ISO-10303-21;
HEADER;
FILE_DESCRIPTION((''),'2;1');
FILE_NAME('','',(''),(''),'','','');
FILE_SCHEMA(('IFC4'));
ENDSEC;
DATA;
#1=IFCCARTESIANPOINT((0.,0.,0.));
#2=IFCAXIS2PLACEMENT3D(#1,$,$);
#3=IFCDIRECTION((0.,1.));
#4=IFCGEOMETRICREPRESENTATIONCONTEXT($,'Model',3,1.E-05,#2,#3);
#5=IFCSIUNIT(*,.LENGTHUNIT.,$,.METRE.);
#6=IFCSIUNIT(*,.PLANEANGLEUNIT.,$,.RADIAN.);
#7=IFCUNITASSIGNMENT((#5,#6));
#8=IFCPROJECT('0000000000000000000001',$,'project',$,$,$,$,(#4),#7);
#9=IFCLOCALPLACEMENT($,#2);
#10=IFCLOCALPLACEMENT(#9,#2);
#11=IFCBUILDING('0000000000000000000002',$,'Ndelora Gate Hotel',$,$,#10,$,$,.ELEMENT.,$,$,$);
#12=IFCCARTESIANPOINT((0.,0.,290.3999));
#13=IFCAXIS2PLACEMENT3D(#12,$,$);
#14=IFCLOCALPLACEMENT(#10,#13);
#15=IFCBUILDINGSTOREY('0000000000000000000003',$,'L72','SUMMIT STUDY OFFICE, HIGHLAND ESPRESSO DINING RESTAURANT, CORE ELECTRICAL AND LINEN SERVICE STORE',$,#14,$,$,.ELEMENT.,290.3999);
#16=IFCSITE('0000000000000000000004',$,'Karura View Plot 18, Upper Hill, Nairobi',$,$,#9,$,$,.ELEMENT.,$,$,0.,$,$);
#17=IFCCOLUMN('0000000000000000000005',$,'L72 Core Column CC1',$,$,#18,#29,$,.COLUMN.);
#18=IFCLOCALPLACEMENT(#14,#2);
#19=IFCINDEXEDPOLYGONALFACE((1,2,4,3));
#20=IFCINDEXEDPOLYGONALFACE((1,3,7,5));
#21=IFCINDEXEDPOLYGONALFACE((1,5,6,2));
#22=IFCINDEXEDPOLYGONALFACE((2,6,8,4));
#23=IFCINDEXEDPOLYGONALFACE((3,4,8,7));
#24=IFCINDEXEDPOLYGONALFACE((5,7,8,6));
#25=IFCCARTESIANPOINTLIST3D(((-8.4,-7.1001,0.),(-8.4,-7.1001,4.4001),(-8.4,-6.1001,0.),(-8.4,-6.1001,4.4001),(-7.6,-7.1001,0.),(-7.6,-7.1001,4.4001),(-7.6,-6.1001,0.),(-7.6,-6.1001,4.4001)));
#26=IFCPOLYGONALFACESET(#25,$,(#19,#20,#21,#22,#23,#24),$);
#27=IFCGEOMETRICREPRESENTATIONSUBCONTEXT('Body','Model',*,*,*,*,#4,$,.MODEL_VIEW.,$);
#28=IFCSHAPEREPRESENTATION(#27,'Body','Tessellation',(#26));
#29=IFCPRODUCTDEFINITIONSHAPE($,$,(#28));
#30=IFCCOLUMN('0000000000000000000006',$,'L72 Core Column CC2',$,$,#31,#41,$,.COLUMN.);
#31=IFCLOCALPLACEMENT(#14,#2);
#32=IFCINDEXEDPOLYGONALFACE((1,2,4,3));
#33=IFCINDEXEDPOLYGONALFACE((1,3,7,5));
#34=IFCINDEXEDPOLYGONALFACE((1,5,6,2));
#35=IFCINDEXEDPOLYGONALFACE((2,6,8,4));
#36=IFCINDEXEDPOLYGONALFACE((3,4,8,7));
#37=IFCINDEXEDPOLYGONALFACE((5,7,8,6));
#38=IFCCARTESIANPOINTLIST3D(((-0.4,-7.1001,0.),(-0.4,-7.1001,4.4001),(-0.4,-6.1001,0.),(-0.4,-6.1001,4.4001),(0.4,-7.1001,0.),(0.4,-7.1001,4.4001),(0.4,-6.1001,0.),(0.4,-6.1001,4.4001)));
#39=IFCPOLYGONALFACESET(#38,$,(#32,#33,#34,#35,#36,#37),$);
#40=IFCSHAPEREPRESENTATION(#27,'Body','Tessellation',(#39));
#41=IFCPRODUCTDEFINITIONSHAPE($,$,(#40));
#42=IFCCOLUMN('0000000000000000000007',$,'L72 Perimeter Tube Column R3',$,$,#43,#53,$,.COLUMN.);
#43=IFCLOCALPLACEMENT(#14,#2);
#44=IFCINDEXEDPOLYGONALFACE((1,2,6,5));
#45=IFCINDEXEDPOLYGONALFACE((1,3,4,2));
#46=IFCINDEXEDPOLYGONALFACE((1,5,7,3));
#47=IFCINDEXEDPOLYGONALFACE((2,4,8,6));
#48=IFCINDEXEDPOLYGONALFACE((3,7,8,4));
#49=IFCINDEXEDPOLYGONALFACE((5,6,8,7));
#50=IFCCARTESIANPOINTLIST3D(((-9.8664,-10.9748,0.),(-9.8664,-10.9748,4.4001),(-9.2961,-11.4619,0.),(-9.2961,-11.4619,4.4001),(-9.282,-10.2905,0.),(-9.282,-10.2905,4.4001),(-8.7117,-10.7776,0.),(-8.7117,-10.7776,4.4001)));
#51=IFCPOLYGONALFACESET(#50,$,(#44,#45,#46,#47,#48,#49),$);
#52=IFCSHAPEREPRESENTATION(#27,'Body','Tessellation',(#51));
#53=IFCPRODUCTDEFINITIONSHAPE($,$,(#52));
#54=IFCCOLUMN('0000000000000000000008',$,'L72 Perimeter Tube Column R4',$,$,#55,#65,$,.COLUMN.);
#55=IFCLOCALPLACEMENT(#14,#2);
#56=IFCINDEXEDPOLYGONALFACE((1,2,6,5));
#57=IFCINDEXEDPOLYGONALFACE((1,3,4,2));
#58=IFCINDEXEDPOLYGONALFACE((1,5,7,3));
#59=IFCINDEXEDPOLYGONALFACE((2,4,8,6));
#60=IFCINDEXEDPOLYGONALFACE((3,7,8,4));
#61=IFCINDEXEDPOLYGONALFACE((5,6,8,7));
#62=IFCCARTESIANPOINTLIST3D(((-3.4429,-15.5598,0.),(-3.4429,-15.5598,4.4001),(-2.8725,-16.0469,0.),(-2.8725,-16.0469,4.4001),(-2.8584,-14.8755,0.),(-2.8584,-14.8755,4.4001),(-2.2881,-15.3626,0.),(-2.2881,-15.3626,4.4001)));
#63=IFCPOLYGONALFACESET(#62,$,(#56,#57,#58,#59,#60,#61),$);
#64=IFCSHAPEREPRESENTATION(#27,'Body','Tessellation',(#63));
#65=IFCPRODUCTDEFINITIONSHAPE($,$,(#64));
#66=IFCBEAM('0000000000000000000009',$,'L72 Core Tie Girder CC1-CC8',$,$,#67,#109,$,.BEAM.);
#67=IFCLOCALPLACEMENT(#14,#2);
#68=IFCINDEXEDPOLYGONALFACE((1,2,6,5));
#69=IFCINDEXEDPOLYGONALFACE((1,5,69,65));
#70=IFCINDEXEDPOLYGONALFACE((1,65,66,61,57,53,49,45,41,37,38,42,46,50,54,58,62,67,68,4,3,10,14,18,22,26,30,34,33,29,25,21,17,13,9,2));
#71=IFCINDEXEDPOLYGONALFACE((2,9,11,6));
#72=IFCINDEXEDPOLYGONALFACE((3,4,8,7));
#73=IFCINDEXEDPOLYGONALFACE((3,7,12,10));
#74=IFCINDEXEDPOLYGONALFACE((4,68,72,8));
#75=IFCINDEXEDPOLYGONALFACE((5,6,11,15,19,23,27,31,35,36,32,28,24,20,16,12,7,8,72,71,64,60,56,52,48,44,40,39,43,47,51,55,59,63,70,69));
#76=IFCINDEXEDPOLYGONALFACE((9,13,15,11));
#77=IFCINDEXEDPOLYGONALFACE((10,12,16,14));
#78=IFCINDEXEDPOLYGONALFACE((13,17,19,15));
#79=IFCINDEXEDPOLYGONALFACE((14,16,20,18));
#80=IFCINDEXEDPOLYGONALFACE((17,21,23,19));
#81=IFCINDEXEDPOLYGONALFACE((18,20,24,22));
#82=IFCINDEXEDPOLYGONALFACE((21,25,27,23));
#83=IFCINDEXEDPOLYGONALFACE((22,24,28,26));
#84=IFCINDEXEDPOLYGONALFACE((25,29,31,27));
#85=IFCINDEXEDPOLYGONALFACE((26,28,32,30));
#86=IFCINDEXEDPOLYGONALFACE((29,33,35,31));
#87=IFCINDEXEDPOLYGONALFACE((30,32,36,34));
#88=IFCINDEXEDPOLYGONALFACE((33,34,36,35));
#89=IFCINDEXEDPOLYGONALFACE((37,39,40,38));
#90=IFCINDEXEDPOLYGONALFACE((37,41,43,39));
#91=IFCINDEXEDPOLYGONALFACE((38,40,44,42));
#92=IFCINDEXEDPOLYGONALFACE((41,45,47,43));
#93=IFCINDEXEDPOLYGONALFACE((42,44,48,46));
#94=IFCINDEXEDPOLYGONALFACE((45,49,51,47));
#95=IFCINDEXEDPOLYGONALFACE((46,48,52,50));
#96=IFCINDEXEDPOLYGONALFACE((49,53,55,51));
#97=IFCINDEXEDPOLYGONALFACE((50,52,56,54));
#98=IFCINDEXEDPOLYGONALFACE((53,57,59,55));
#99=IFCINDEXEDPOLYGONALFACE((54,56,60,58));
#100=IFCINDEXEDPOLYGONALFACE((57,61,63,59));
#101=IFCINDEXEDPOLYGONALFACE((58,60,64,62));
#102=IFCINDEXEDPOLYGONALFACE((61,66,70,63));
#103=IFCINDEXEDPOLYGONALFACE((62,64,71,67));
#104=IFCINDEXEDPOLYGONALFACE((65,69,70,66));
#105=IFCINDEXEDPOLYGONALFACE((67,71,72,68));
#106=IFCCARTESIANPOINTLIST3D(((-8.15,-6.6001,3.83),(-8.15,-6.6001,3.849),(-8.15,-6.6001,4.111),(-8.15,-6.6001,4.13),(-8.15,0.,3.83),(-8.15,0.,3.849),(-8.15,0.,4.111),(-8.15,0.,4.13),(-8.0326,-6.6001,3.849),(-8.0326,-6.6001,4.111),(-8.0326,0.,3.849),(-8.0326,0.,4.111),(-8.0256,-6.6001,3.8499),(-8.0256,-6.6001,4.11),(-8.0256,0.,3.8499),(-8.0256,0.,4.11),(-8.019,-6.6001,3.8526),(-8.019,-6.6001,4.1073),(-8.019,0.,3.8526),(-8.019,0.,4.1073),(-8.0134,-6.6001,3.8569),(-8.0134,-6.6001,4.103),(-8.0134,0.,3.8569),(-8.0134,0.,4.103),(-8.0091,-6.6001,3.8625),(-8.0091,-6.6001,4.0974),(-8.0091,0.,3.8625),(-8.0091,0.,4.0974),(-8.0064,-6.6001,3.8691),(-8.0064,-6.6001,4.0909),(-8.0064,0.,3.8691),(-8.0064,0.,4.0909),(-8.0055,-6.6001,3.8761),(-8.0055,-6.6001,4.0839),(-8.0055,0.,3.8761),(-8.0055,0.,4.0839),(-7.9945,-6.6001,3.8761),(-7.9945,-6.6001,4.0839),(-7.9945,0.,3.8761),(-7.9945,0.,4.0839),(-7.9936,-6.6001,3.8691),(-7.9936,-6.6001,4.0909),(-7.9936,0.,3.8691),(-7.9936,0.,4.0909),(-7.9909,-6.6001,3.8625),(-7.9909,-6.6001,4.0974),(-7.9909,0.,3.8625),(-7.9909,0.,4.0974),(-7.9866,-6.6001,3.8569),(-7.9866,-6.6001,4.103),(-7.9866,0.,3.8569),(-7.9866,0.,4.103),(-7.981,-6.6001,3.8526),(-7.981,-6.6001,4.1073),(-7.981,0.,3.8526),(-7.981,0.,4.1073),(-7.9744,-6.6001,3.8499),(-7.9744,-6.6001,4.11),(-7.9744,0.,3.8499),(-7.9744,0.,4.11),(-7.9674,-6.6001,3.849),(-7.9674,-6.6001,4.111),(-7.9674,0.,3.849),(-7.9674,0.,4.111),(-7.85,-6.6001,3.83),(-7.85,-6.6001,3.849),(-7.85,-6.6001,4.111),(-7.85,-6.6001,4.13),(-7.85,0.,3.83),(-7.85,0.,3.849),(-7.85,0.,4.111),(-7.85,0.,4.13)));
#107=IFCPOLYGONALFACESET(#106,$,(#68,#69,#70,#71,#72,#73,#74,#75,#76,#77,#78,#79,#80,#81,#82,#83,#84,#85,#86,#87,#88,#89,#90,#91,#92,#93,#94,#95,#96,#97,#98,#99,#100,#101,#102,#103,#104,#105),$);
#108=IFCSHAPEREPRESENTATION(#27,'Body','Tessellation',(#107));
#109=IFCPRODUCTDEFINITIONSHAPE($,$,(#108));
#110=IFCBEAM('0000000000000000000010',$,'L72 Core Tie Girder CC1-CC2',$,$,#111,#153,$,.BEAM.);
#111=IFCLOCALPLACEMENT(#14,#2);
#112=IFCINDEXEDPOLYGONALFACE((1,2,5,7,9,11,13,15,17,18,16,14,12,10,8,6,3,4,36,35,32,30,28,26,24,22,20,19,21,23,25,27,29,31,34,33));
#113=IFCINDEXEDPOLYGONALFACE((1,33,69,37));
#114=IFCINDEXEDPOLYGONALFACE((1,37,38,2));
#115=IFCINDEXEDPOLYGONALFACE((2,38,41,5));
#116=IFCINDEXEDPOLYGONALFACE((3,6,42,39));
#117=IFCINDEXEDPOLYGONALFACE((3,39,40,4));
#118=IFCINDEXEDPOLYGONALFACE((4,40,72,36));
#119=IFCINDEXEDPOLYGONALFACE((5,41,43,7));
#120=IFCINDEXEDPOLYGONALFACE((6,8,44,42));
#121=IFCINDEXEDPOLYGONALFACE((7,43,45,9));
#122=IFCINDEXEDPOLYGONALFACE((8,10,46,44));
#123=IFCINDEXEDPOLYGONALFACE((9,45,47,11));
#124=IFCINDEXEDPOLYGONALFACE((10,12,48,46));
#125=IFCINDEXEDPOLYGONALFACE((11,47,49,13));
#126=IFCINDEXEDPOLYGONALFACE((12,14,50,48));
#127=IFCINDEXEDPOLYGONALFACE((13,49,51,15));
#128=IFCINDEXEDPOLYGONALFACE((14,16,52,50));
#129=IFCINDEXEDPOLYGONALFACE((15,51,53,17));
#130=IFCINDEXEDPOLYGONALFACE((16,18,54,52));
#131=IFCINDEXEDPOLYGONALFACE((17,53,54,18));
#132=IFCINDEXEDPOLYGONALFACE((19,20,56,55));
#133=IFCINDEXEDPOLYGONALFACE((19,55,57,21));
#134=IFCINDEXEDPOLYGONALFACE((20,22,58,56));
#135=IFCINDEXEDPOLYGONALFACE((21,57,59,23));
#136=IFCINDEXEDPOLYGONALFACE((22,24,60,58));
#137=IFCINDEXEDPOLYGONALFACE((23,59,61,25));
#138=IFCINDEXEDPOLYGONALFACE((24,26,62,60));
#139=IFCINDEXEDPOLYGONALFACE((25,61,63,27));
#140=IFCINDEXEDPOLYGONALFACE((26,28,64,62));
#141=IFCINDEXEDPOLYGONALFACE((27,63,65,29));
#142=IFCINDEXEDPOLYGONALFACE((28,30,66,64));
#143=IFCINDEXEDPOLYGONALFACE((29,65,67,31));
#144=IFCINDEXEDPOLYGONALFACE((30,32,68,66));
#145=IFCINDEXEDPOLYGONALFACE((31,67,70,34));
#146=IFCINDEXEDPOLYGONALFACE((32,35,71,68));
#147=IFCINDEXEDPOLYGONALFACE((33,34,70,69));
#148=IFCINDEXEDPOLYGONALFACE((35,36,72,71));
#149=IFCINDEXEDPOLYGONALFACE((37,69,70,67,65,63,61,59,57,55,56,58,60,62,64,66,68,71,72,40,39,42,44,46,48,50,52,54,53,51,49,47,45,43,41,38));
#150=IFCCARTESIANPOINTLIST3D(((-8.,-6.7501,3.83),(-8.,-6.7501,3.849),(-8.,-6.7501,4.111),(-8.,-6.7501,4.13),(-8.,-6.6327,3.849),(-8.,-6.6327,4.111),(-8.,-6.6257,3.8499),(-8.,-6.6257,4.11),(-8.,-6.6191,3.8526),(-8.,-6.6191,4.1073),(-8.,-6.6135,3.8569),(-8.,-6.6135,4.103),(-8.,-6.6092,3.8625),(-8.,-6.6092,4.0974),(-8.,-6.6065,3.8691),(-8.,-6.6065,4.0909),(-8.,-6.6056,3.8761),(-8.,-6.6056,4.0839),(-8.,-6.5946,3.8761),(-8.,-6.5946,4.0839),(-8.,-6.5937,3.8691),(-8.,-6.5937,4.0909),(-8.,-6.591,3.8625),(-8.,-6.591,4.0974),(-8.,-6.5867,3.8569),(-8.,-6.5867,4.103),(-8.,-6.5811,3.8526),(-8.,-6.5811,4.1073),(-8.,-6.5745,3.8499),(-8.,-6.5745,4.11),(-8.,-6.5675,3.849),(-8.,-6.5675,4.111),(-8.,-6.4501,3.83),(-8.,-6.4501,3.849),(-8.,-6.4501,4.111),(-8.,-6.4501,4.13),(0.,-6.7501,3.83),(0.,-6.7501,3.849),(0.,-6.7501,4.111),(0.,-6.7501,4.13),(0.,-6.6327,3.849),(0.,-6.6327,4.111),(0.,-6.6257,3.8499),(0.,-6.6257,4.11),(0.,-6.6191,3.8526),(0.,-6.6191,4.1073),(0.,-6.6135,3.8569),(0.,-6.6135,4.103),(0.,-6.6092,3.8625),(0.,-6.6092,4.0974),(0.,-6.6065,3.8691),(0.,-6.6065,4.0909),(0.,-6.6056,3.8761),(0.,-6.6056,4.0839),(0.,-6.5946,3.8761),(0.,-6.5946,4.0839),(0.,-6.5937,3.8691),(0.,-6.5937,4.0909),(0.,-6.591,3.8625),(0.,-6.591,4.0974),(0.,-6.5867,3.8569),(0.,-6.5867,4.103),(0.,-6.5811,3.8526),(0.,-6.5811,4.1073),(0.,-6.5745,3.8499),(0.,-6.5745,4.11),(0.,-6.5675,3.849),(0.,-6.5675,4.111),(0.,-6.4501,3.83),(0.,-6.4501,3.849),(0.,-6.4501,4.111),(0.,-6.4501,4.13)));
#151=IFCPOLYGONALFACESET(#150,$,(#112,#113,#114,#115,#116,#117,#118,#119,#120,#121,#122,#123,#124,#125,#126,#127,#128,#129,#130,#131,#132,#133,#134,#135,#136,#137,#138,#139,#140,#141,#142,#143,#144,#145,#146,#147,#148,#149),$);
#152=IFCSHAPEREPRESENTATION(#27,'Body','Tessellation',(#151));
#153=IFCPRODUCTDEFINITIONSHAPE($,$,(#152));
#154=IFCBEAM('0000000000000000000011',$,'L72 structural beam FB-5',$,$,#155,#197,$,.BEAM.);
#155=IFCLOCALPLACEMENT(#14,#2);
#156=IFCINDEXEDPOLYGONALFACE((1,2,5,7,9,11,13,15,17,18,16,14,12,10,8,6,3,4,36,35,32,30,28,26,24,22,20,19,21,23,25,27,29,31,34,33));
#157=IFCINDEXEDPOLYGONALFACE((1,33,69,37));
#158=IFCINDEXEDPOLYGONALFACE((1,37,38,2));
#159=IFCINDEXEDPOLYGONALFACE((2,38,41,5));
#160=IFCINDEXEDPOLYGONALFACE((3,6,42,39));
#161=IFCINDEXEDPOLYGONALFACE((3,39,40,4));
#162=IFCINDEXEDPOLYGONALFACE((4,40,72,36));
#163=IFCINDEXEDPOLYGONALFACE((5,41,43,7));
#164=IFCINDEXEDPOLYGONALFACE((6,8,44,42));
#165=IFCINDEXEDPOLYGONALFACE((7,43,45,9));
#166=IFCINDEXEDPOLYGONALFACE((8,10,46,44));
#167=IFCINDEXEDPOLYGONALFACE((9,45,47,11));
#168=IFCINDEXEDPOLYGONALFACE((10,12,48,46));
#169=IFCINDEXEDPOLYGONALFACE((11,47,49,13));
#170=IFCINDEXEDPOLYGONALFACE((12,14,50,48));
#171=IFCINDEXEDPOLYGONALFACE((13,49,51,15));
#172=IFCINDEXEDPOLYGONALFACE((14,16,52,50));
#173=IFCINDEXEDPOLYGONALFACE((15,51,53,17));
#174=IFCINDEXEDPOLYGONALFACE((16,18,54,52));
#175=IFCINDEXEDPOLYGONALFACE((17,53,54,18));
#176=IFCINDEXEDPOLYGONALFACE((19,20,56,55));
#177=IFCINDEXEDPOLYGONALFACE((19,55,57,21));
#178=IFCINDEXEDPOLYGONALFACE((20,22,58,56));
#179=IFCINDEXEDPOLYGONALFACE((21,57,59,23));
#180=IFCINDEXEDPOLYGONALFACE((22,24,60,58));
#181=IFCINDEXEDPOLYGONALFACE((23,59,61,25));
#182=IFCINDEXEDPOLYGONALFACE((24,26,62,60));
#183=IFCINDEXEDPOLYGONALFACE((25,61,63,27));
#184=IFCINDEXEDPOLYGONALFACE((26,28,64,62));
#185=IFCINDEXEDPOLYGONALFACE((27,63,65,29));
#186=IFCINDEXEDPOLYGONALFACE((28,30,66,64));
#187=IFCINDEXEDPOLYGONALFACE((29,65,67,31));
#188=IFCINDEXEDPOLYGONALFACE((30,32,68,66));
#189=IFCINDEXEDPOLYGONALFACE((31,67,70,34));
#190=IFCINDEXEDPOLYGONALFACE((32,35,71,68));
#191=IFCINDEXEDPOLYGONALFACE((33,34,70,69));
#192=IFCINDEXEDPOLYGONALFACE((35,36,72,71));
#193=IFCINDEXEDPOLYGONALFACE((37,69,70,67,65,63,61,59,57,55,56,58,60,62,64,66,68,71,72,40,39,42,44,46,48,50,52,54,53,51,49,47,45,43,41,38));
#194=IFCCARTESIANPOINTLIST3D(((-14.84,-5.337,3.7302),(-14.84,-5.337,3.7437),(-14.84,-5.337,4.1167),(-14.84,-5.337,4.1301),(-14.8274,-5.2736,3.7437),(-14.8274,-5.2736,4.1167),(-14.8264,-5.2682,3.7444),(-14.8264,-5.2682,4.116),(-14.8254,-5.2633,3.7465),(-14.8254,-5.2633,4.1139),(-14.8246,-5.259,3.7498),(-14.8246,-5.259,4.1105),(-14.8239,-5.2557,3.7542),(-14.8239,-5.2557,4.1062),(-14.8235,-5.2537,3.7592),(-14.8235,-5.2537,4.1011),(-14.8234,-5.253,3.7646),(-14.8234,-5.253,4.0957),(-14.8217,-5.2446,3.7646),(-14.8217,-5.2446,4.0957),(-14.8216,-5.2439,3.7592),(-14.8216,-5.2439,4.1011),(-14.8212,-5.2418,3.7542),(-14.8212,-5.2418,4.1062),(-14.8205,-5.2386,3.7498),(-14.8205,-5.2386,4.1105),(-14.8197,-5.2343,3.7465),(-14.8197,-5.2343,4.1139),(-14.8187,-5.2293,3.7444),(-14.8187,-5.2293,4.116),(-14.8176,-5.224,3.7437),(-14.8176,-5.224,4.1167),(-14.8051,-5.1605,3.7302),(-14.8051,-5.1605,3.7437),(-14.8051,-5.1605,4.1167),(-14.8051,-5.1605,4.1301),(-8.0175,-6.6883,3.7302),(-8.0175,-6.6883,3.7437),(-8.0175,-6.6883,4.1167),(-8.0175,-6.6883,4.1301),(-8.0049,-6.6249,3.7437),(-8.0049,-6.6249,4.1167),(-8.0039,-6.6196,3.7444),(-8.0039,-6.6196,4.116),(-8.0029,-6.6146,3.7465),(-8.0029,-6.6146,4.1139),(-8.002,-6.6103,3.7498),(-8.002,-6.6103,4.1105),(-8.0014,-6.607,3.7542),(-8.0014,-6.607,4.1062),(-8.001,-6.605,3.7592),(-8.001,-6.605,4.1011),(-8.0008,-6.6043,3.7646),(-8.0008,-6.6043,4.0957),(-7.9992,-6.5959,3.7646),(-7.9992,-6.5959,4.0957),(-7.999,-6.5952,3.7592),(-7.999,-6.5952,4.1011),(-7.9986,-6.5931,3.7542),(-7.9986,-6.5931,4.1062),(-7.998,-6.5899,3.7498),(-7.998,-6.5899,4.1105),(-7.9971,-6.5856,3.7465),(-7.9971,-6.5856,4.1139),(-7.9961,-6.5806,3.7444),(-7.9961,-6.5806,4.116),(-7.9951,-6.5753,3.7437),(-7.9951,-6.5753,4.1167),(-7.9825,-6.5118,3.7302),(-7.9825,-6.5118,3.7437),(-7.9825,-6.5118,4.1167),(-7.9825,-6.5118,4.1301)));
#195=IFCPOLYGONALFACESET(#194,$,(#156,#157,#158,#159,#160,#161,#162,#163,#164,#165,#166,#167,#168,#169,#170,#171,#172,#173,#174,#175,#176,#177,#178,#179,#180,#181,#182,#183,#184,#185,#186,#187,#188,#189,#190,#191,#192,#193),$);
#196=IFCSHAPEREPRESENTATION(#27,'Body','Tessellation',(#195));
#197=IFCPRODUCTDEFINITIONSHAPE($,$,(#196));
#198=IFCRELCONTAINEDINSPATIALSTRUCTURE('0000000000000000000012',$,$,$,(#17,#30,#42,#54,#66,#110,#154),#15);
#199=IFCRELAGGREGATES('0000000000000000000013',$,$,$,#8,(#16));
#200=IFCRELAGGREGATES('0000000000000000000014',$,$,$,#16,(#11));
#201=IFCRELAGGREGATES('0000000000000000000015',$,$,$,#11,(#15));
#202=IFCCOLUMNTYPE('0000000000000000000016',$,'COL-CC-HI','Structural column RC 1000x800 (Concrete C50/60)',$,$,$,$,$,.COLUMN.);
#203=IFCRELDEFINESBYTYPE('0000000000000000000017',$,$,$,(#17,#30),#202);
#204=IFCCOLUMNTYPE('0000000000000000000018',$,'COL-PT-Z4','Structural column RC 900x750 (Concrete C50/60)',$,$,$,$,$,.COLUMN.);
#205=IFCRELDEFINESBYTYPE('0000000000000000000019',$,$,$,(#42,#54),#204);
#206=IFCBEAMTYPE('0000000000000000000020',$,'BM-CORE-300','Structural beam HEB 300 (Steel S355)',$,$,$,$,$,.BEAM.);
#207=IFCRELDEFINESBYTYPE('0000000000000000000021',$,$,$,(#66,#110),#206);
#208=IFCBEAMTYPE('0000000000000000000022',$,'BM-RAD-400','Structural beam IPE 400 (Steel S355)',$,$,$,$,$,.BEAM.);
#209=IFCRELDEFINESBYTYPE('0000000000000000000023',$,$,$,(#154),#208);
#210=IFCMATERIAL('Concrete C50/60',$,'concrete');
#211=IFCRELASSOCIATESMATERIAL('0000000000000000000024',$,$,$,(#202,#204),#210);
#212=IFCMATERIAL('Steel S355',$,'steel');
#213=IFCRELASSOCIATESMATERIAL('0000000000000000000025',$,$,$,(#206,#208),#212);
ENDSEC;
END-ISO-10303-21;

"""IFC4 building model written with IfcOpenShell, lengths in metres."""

from ifc_helpers import new_model, si_unit, direction, frame, origin, origin_2d, place, context, subcontext, project, spatial, rectangle, i_section, extrude, material, material_profile, profile_set, type_object, element, save


model = new_model("IFC4")

# Units and contexts
model_context = context("Model", 3, precision=1e-05, world=origin(), true_north=direction((0.0, 1.0)))
body_context = subcontext(model_context, "Body", "Model", "MODEL_VIEW")
ifc_project = project(units=[si_unit("LENGTHUNIT", "METRE"), si_unit("PLANEANGLEUNIT", "RADIAN")], contexts=[model_context])

# Site, building, storey
site_placement = place(None, origin())
site = spatial("IfcSite", under=ifc_project, at=site_placement, Name="Karura View Plot 18, Upper Hill, Nairobi", CompositionType="ELEMENT", RefElevation=0.0)
building_placement = place(site_placement, origin())
building = spatial("IfcBuilding", under=site, at=building_placement, Name="Ndelora Gate Hotel", CompositionType="ELEMENT")
storey_placement = place(building_placement, frame((0.0, 0.0, 290.3999)))
storey = spatial("IfcBuildingStorey", under=building, at=storey_placement, Name="L72", Description="SUMMIT STUDY OFFICE, HIGHLAND ESPRESSO DINING RESTAURANT, CORE ELECTRICAL AND LINEN SERVICE STORE", CompositionType="ELEMENT", Elevation=290.3999)

# Columns
ifc_material_1 = material(Name="Concrete C50/60", Category="concrete")
ifc_material_profile_1 = material_profile(ifc_material_1, rectangle(XDim=0.8, YDim=1.0, at=origin_2d()), Name="RC 1000x800")
ifc_profile_set_1 = profile_set([ifc_material_profile_1], Name="Concrete C50/60")
column_type_1 = type_object("IfcColumnType", Name="COL-CC-HI", Description="Structural column RC 1000x800 (Concrete C50/60)", PredefinedType="COLUMN", material=ifc_profile_set_1)
for number, where, z_axis, x_axis, name in (
    (1, (-8.0, -6.6001, 0.0), (0.0, 0.0, 1.0), (1.0, 0.0, 0.0), "L72 Core Column CC1"),
    (2, (0.0, -6.6001, 0.0), (0.0, 0.0, 1.0), (1.0, 0.0, 0.0), "L72 Core Column CC2"),
):
    element("IfcColumn", number, at=place(storey_placement, frame(where, z_axis=z_axis, x_axis=x_axis)), inside=storey, type_object=column_type_1, Name=name, PredefinedType="COLUMN", context=body_context, shape_type="SweptSolid", body=[
        extrude(rectangle(XDim=0.8, YDim=1.0, at=origin_2d()), origin(), (0.0, 0.0, 1.0), 4.4001),
    ])
ifc_material_profile_2 = material_profile(ifc_material_1, rectangle(XDim=0.75, YDim=0.8999, at=origin_2d()), Name="RC 900x750")
ifc_profile_set_2 = profile_set([ifc_material_profile_2], Name="Concrete C50/60")
column_type_2 = type_object("IfcColumnType", Name="COL-PT-Z4", Description="Structural column RC 900x750 (Concrete C50/60)", PredefinedType="COLUMN", material=ifc_profile_set_2)
for number, where, z_axis, x_axis, name in (
    (3, (-9.2891, -10.8762, 0.0), (0.0, 0.0, 1.0), (-0.760406, 0.649448, 0.0), "L72 Perimeter Tube Column R3"),
    (4, (-2.8655, -15.4612, 0.0), (0.0, 0.0, 1.0), (-0.760406, 0.649448, 0.0), "L72 Perimeter Tube Column R4"),
):
    element("IfcColumn", number, at=place(storey_placement, frame(where, z_axis=z_axis, x_axis=x_axis)), inside=storey, type_object=column_type_2, Name=name, PredefinedType="COLUMN", context=body_context, shape_type="SweptSolid", body=[
        extrude(rectangle(XDim=0.75, YDim=0.8999, at=origin_2d()), origin(), (0.0, 0.0, 1.0), 4.4001),
    ])

# Beams
ifc_material_2 = material(Name="Steel S355", Category="steel")
ifc_material_profile_3 = material_profile(ifc_material_2, i_section(OverallWidth=0.3, OverallDepth=0.3, WebThickness=0.011, FlangeThickness=0.019, FilletRadius=0.0271, at=origin_2d()), Name="HEB 300")
ifc_profile_set_3 = profile_set([ifc_material_profile_3], Name="Steel S355")
beam_type_1 = type_object("IfcBeamType", Name="BM-CORE-300", Description="Structural beam HEB 300 (Steel S355)", PredefinedType="BEAM", material=ifc_profile_set_3)
beam_1_placement = place(storey_placement, frame((-8.0, -6.6001, 3.98), z_axis=(0.0, 1.0, 0.0), x_axis=(-1.0, 0.0, 0.0)))
element("IfcBeam", 5, at=beam_1_placement, inside=storey, type_object=beam_type_1, Name="L72 Core Tie Girder CC1-CC8", PredefinedType="BEAM", context=body_context, shape_type="SweptSolid", body=[
    extrude(i_section(OverallWidth=0.3, OverallDepth=0.3, WebThickness=0.011, FlangeThickness=0.019, FilletRadius=0.0271, at=origin_2d()), origin(), (0.0, 0.0, 1.0), 6.6001),
])
beam_2_placement = place(storey_placement, frame((-8.0, -6.6001, 3.98), z_axis=(1.0, 0.0, 0.0), x_axis=(0.0, 1.0, 0.0)))
element("IfcBeam", 6, at=beam_2_placement, inside=storey, type_object=beam_type_1, Name="L72 Core Tie Girder CC1-CC2", PredefinedType="BEAM", context=body_context, shape_type="SweptSolid", body=[
    extrude(i_section(OverallWidth=0.3, OverallDepth=0.3, WebThickness=0.011, FlangeThickness=0.019, FilletRadius=0.0271, at=origin_2d()), origin(), (0.0, 0.0, 1.0), 8.0),
])
ifc_material_profile_4 = material_profile(ifc_material_2, i_section(OverallWidth=0.1799, OverallDepth=0.3999, WebThickness=0.0085, FlangeThickness=0.0134, FilletRadius=0.021, at=origin_2d()), Name="IPE 400")
ifc_profile_set_4 = profile_set([ifc_material_profile_4], Name="Steel S355")
beam_type_2 = type_object("IfcBeamType", Name="BM-RAD-400", Description="Structural beam IPE 400 (Steel S355)", PredefinedType="BEAM", material=ifc_profile_set_4)
beam_3_placement = place(storey_placement, frame((-8.0, -6.6001, 3.9302), z_axis=(-0.980944, 0.194293, 0.0), x_axis=(-0.194293, -0.980944, 0.0)))
element("IfcBeam", 7, at=beam_3_placement, inside=storey, type_object=beam_type_2, Name="L72 structural beam FB-5", PredefinedType="BEAM", context=body_context, shape_type="SweptSolid", body=[
    extrude(i_section(OverallWidth=0.1799, OverallDepth=0.3999, WebThickness=0.0085, FlangeThickness=0.0134, FilletRadius=0.021, at=origin_2d()), origin(), (0.0, 0.0, 1.0), 6.9551),
])

save(model, "model.ifc")
